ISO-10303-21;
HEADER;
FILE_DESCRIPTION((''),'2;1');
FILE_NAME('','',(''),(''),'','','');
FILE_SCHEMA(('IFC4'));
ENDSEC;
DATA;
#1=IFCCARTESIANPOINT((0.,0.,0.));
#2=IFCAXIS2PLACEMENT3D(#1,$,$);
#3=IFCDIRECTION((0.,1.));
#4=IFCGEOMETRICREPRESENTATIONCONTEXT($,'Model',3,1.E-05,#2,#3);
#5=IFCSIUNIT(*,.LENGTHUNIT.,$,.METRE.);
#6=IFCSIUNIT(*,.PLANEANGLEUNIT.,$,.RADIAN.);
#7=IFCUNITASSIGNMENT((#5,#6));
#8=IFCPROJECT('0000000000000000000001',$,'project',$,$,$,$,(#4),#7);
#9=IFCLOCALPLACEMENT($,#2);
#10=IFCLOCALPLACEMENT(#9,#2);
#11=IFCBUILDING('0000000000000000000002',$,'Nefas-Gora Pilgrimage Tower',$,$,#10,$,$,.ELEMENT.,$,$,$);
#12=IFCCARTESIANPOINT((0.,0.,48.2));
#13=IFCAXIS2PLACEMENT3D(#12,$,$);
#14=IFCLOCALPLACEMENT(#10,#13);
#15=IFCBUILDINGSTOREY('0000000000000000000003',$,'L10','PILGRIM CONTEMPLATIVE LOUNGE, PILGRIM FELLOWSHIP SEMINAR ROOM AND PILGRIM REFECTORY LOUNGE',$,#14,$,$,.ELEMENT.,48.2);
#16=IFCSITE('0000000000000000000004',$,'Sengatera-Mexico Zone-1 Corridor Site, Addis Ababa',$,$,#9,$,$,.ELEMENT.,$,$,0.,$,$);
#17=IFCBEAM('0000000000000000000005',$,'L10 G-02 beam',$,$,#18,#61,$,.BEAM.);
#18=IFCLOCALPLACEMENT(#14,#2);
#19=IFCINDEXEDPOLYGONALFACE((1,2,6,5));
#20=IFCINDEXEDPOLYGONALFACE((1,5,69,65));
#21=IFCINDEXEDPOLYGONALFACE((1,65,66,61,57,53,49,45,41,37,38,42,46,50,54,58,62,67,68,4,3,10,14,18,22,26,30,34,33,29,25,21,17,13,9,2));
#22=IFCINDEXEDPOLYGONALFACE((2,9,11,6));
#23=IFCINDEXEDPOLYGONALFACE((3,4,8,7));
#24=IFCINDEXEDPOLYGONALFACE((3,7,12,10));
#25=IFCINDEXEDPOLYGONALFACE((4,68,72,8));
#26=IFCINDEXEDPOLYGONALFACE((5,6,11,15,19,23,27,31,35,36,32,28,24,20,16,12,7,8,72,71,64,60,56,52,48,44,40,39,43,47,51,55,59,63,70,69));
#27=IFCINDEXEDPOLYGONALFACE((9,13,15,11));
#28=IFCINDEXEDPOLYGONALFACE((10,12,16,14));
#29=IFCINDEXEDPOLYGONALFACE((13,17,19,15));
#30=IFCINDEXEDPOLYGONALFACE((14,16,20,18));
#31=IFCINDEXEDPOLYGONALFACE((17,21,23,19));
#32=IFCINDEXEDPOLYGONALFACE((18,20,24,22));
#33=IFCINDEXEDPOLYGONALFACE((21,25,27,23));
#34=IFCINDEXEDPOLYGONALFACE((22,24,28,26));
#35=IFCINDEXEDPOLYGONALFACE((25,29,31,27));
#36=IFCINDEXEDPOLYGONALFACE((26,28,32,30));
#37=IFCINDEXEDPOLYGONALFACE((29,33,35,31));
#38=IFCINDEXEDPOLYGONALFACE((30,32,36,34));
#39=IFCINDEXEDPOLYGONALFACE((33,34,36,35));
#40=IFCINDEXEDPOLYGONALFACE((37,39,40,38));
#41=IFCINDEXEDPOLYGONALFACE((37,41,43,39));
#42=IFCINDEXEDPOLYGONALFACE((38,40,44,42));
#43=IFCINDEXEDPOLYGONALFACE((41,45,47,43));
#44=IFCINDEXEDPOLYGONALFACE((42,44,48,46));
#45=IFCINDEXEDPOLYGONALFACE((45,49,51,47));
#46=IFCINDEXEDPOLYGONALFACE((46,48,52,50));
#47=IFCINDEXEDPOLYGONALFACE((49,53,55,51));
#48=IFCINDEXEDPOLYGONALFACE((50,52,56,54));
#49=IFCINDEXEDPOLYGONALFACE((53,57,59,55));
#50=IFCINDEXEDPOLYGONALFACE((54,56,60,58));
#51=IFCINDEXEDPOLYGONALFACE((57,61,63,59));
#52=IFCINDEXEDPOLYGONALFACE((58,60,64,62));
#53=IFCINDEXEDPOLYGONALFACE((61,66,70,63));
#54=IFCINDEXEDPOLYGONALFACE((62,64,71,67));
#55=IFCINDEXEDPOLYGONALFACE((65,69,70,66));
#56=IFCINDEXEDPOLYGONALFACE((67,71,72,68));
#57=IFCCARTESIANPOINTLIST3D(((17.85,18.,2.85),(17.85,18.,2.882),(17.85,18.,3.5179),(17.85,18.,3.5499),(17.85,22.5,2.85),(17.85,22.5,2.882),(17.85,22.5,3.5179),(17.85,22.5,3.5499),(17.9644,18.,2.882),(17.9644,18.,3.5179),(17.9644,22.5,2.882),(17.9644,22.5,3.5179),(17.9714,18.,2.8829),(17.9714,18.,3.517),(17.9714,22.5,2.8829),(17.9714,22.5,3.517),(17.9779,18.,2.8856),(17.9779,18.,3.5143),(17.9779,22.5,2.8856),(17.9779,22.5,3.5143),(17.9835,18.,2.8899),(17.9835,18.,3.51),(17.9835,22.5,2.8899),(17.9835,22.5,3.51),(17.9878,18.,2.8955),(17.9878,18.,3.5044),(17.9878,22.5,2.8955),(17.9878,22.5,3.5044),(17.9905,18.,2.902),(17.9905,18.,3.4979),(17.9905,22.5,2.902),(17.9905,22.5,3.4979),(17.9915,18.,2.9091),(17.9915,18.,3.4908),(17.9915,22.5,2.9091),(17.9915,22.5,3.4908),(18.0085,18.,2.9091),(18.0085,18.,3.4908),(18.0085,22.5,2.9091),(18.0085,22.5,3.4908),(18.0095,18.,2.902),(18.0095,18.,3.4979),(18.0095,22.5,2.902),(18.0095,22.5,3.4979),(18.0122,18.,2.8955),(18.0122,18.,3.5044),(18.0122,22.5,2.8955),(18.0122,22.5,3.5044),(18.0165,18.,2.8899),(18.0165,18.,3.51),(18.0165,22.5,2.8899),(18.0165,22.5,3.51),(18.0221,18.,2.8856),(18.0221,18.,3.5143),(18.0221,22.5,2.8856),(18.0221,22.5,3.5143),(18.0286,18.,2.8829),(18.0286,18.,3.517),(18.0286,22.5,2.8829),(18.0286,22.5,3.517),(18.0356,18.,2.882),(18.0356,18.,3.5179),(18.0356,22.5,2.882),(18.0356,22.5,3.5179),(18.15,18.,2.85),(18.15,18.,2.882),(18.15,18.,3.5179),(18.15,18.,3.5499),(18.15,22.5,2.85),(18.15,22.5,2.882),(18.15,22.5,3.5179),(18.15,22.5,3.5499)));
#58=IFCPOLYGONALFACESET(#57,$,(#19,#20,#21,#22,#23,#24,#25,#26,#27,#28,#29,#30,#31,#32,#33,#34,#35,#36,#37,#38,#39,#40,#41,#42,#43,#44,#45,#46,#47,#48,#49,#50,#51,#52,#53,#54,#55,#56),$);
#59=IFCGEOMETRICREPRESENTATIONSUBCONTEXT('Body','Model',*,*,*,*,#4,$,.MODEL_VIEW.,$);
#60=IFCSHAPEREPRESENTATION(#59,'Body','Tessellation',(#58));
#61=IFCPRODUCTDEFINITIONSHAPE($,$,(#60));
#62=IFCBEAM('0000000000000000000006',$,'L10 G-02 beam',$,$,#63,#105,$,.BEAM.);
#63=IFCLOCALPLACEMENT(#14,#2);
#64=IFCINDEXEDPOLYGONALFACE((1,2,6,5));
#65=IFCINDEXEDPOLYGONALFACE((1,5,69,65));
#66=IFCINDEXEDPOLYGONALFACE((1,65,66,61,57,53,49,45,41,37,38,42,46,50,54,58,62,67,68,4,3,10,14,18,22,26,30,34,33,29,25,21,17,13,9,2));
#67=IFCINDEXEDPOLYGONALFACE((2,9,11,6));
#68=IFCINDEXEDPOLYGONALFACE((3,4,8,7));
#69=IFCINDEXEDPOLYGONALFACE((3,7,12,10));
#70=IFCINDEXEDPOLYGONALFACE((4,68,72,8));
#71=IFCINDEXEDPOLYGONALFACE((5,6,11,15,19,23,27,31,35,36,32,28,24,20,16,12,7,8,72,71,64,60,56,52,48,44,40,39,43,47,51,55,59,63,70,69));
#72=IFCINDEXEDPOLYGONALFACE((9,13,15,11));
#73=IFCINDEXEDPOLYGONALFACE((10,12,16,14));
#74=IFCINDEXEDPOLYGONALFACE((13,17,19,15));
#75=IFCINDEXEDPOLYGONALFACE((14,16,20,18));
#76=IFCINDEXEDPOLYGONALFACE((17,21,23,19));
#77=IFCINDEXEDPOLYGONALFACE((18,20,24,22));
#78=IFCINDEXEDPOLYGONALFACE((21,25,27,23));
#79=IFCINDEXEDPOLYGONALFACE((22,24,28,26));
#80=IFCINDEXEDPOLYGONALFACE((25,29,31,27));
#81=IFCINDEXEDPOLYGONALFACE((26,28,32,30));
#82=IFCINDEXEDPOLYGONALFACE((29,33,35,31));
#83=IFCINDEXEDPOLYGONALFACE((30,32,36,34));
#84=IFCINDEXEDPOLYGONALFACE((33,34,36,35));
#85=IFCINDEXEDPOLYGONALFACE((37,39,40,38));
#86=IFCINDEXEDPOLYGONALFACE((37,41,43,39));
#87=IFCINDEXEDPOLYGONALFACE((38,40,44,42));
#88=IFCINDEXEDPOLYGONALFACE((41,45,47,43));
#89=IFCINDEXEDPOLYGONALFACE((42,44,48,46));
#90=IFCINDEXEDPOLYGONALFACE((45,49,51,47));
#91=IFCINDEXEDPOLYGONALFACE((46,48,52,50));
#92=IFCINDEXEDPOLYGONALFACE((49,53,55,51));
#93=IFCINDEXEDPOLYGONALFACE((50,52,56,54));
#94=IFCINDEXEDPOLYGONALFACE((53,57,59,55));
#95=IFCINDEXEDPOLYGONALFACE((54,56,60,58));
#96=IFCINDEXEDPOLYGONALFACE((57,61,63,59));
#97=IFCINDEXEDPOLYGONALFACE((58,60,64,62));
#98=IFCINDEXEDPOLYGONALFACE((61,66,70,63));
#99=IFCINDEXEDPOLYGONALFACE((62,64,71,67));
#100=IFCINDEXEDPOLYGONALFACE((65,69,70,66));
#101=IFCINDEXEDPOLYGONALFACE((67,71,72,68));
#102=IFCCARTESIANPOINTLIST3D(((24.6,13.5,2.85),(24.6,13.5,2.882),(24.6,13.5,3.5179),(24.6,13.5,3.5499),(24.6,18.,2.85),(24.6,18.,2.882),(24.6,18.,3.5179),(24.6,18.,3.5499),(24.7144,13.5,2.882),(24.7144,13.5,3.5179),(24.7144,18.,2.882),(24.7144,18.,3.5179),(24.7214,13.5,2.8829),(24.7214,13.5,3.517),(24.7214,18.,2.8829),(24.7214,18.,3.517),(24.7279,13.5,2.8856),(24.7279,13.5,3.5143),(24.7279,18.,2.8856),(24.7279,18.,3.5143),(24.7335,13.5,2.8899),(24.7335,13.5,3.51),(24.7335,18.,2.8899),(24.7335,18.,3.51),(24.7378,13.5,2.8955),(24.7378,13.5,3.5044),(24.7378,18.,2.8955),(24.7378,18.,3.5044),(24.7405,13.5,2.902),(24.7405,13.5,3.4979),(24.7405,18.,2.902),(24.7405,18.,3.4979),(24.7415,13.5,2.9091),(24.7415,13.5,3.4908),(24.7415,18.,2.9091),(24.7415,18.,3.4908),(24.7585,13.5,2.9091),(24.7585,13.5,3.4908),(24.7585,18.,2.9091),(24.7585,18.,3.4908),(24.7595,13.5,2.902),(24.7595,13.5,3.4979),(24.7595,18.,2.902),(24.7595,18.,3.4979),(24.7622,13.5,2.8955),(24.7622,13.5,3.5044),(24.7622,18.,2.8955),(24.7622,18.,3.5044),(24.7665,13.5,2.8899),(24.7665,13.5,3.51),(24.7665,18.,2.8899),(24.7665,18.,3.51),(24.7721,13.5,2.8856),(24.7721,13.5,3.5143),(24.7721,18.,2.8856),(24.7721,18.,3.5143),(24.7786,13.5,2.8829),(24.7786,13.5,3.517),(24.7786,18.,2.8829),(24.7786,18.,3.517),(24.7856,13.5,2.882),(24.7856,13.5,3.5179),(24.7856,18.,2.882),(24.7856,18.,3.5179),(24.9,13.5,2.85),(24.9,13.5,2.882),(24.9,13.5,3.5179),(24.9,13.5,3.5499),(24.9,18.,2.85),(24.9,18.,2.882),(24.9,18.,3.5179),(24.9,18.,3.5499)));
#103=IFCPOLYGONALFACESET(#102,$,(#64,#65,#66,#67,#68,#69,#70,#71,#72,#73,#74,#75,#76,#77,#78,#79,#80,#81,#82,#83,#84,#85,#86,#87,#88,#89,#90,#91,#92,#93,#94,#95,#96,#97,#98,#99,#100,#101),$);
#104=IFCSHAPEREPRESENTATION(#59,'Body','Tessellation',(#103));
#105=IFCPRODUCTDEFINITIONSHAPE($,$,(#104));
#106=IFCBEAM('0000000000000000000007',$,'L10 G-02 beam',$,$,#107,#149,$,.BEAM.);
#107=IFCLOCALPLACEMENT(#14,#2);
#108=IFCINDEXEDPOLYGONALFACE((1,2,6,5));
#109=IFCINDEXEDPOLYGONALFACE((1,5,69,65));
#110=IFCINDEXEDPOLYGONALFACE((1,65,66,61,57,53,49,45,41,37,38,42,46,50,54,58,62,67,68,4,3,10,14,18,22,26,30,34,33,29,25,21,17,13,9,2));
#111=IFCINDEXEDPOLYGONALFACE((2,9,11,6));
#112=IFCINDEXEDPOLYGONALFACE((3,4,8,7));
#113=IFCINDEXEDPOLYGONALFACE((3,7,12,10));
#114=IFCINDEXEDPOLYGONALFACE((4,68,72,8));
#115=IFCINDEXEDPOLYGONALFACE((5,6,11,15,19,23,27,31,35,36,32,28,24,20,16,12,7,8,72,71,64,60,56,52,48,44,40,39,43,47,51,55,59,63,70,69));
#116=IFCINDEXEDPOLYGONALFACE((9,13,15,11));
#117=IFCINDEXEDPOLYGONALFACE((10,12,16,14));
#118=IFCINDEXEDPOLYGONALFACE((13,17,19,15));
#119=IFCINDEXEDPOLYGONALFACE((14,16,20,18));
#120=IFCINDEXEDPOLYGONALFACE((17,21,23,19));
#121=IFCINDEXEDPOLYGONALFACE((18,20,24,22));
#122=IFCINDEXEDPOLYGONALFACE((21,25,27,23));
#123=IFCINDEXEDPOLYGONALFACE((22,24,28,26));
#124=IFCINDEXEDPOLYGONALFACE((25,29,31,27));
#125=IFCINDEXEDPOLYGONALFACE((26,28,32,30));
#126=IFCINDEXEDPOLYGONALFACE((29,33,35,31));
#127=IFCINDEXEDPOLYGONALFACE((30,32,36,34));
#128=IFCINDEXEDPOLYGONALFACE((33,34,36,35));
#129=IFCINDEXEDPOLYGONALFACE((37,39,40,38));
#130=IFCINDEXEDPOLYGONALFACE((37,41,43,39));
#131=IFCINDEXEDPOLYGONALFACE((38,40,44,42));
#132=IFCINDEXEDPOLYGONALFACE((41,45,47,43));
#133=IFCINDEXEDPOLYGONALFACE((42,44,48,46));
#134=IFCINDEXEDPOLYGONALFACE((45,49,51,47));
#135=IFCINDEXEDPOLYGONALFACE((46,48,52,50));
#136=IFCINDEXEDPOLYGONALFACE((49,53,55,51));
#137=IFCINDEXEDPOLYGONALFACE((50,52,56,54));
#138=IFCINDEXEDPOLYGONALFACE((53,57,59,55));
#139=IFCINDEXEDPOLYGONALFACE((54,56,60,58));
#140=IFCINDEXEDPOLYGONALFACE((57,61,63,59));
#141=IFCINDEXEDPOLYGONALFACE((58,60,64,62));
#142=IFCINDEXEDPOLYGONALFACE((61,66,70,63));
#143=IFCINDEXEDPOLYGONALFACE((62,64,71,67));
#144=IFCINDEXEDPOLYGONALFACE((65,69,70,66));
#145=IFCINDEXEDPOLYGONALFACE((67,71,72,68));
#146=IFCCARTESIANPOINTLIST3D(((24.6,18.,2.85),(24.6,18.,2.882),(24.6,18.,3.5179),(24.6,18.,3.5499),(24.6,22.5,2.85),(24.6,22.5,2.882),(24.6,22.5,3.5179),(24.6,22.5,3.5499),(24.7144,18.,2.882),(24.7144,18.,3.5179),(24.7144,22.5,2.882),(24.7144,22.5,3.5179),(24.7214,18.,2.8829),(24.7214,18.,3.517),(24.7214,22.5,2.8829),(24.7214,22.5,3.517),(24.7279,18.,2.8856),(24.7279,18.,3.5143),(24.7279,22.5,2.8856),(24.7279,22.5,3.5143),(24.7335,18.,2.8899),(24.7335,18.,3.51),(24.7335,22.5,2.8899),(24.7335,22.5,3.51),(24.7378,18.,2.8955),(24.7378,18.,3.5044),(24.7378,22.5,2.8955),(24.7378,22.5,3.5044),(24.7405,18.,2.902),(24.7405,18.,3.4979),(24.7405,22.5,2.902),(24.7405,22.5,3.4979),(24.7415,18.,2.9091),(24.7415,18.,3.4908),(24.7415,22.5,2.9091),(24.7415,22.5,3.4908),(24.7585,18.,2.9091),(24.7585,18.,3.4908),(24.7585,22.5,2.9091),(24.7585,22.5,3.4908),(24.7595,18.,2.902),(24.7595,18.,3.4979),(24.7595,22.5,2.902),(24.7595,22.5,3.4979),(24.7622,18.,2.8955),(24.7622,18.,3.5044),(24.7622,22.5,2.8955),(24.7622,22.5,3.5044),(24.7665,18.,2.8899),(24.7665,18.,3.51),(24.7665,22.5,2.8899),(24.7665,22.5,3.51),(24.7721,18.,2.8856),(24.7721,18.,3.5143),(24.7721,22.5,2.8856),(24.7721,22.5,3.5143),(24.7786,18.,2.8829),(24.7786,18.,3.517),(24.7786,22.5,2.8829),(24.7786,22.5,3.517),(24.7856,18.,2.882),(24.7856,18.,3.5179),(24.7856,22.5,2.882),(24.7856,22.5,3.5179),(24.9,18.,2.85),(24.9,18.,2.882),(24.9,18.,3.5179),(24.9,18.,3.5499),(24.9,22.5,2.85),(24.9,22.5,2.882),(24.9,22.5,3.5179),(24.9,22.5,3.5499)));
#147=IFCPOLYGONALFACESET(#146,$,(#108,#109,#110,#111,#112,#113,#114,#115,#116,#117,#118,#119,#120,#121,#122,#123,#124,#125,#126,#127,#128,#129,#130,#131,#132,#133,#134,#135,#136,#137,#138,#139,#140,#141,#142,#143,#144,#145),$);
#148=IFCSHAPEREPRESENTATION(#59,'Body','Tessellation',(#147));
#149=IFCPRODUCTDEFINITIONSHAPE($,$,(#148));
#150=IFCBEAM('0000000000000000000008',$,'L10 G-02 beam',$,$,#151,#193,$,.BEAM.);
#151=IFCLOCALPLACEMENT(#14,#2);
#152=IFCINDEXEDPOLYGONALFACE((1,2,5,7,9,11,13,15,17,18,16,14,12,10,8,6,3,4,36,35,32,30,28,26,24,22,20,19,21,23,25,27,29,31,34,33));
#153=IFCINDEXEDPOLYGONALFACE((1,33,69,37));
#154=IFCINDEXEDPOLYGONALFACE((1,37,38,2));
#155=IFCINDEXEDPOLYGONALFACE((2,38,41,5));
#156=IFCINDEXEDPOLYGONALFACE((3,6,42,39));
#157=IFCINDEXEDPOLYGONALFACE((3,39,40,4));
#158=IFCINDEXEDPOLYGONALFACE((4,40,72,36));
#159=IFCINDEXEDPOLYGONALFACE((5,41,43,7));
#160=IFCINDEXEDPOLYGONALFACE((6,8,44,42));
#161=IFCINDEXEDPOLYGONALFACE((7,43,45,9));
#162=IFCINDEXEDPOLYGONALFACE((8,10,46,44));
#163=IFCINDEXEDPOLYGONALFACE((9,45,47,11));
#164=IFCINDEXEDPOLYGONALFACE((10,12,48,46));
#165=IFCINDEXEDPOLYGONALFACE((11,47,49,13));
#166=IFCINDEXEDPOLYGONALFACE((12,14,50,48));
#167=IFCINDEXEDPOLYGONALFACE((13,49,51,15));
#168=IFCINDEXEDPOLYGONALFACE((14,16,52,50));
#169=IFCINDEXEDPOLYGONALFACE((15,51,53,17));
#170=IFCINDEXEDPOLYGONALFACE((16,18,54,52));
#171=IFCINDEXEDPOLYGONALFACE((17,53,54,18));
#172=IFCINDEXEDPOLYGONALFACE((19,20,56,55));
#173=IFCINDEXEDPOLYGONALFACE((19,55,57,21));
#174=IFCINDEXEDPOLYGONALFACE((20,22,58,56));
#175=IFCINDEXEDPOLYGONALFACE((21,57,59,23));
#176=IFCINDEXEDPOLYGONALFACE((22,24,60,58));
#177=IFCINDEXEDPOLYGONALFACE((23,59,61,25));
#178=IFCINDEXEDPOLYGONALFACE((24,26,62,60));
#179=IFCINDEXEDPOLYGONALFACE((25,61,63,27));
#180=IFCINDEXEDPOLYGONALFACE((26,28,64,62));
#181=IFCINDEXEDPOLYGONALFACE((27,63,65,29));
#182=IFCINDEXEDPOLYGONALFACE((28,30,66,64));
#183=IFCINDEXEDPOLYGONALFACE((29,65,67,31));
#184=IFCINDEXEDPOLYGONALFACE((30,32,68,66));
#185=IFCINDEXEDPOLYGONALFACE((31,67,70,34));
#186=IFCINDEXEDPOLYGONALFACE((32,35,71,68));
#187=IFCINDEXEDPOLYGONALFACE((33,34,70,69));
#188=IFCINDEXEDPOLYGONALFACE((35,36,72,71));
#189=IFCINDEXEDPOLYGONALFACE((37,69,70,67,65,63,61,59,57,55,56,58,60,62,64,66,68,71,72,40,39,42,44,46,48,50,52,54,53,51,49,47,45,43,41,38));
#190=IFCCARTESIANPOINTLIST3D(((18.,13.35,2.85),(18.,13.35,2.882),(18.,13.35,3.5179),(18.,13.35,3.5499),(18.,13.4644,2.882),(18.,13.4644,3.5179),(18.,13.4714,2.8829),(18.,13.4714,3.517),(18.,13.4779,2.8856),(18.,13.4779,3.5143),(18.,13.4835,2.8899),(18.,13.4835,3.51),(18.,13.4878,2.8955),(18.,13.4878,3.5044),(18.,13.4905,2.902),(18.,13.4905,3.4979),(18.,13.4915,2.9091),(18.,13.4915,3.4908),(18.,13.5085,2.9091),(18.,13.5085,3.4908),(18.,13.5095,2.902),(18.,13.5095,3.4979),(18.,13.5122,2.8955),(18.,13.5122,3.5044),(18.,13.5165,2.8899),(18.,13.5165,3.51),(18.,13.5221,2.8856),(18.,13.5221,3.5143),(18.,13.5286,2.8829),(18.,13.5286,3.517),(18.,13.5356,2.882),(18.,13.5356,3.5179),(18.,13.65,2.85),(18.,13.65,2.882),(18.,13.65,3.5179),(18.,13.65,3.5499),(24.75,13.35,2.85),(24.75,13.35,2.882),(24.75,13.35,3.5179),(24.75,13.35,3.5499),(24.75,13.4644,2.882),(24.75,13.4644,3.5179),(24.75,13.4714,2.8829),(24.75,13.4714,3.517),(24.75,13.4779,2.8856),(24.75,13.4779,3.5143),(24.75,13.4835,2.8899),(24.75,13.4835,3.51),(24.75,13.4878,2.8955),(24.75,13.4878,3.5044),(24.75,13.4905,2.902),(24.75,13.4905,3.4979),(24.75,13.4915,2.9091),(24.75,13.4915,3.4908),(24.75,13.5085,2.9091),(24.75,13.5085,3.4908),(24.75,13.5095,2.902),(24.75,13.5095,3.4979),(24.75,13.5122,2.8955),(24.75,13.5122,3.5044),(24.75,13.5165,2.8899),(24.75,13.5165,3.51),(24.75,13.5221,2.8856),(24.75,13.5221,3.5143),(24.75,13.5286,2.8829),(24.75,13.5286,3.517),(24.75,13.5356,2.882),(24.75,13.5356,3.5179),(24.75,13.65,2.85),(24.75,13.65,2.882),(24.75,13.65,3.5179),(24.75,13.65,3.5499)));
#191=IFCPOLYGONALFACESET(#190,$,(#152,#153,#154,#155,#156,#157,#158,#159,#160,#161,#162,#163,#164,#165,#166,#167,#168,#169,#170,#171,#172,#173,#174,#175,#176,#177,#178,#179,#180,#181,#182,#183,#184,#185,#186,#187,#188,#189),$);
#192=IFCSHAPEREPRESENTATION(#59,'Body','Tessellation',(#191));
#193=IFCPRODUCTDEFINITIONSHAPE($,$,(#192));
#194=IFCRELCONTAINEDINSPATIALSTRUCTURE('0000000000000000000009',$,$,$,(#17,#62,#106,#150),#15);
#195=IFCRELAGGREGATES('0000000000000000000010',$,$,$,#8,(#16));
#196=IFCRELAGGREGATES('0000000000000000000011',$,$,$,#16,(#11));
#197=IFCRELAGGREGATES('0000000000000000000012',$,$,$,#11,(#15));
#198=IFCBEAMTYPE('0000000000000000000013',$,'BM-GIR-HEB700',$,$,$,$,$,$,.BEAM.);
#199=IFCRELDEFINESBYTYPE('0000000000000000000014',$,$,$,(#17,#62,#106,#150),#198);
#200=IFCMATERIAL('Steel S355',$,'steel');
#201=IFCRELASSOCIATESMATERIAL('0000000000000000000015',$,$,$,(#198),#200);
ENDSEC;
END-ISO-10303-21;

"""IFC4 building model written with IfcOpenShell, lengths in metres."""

from ifc_helpers import new_model, si_unit, direction, frame, origin, origin_2d, place, context, subcontext, project, spatial, i_section, extrude, source, transform, mapped, material, material_profile, profile_set, type_object, element, save


model = new_model("IFC4")

# Units and contexts
model_context = context("Model", 3, precision=1e-05, world=origin(), true_north=direction((0.0, 1.0)))
body_context = subcontext(model_context, "Body", "Model", "MODEL_VIEW")
ifc_project = project(units=[si_unit("LENGTHUNIT", "METRE"), si_unit("PLANEANGLEUNIT", "RADIAN")], contexts=[model_context])

# Site, building, storey
site_placement = place(None, origin())
site = spatial("IfcSite", under=ifc_project, at=site_placement, Name="Sengatera-Mexico Zone-1 Corridor Site, Addis Ababa", CompositionType="ELEMENT", RefElevation=0.0)
building_placement = place(site_placement, origin())
building = spatial("IfcBuilding", under=site, at=building_placement, Name="Nefas-Gora Pilgrimage Tower", CompositionType="ELEMENT")
storey_placement = place(building_placement, frame((0.0, 0.0, 48.2)))
storey = spatial("IfcBuildingStorey", under=building, at=storey_placement, Name="L10", Description="PILGRIM CONTEMPLATIVE LOUNGE, PILGRIM FELLOWSHIP SEMINAR ROOM AND PILGRIM REFECTORY LOUNGE", CompositionType="ELEMENT", Elevation=48.2)

# Beams
ifc_material_1 = material(Name="Steel S355", Category="steel")
ifc_material_profile_1 = material_profile(ifc_material_1, i_section(OverallWidth=0.3, OverallDepth=0.7, WebThickness=0.0171, FlangeThickness=0.032, FilletRadius=0.0271, at=origin_2d()), Name="HEB 700")
ifc_profile_set_1 = profile_set([ifc_material_profile_1], Name="Steel S355")
beam_type_1 = type_object("IfcBeamType", Name="BM-GIR-HEB700", PredefinedType="BEAM", material=ifc_profile_set_1)
shared_shape_1 = source(origin(), body_context, "Body", "SweptSolid", [
    extrude(i_section(OverallWidth=0.3, OverallDepth=0.7, WebThickness=0.0171, FlangeThickness=0.032, FilletRadius=0.0271, at=origin_2d()), origin(), (0.0, 0.0, 1.0), 4.5),
])
for number, where, z_axis, x_axis, name in (
    (1, (18.0, 18.0, 3.2), (0.0, 1.0, 0.0), (-1.0, 0.0, 0.0), "L10 G-02 beam"),
    (2, (24.75, 13.5, 3.2), (0.0, 1.0, 0.0), (-1.0, 0.0, 0.0), "L10 G-02 beam"),
    (3, (24.75, 18.0, 3.2), (0.0, 1.0, 0.0), (-1.0, 0.0, 0.0), "L10 G-02 beam"),
):
    element("IfcBeam", number, at=place(storey_placement, frame(where, z_axis=z_axis, x_axis=x_axis)), inside=storey, type_object=beam_type_1, Name=name, PredefinedType="BEAM", context=body_context, shape_type="MappedRepresentation", body=[
        mapped(shared_shape_1, transform((0.0, 0.0, 0.0), x_axis=(1.0, 0.0, 0.0), y_axis=(0.0, 1.0, 0.0), z_axis=(0.0, 0.0, 1.0), scale=1.0)),
    ])
shared_shape_2 = source(origin(), body_context, "Body", "SweptSolid", [
    extrude(i_section(OverallWidth=0.3, OverallDepth=0.7, WebThickness=0.0171, FlangeThickness=0.032, FilletRadius=0.0271, at=origin_2d()), origin(), (0.0, 0.0, 1.0), 6.75),
])
for number, where, z_axis, x_axis, name in (
    (4, (18.0, 13.5, 3.2), (1.0, 0.0, 0.0), (0.0, 1.0, 0.0), "L10 G-02 beam"),
):
    element("IfcBeam", number, at=place(storey_placement, frame(where, z_axis=z_axis, x_axis=x_axis)), inside=storey, type_object=beam_type_1, Name=name, PredefinedType="BEAM", context=body_context, shape_type="MappedRepresentation", body=[
        mapped(shared_shape_2, transform((0.0, 0.0, 0.0), x_axis=(1.0, 0.0, 0.0), y_axis=(0.0, 1.0, 0.0), z_axis=(0.0, 0.0, 1.0), scale=1.0)),
    ])

save(model, "model.ifc")
